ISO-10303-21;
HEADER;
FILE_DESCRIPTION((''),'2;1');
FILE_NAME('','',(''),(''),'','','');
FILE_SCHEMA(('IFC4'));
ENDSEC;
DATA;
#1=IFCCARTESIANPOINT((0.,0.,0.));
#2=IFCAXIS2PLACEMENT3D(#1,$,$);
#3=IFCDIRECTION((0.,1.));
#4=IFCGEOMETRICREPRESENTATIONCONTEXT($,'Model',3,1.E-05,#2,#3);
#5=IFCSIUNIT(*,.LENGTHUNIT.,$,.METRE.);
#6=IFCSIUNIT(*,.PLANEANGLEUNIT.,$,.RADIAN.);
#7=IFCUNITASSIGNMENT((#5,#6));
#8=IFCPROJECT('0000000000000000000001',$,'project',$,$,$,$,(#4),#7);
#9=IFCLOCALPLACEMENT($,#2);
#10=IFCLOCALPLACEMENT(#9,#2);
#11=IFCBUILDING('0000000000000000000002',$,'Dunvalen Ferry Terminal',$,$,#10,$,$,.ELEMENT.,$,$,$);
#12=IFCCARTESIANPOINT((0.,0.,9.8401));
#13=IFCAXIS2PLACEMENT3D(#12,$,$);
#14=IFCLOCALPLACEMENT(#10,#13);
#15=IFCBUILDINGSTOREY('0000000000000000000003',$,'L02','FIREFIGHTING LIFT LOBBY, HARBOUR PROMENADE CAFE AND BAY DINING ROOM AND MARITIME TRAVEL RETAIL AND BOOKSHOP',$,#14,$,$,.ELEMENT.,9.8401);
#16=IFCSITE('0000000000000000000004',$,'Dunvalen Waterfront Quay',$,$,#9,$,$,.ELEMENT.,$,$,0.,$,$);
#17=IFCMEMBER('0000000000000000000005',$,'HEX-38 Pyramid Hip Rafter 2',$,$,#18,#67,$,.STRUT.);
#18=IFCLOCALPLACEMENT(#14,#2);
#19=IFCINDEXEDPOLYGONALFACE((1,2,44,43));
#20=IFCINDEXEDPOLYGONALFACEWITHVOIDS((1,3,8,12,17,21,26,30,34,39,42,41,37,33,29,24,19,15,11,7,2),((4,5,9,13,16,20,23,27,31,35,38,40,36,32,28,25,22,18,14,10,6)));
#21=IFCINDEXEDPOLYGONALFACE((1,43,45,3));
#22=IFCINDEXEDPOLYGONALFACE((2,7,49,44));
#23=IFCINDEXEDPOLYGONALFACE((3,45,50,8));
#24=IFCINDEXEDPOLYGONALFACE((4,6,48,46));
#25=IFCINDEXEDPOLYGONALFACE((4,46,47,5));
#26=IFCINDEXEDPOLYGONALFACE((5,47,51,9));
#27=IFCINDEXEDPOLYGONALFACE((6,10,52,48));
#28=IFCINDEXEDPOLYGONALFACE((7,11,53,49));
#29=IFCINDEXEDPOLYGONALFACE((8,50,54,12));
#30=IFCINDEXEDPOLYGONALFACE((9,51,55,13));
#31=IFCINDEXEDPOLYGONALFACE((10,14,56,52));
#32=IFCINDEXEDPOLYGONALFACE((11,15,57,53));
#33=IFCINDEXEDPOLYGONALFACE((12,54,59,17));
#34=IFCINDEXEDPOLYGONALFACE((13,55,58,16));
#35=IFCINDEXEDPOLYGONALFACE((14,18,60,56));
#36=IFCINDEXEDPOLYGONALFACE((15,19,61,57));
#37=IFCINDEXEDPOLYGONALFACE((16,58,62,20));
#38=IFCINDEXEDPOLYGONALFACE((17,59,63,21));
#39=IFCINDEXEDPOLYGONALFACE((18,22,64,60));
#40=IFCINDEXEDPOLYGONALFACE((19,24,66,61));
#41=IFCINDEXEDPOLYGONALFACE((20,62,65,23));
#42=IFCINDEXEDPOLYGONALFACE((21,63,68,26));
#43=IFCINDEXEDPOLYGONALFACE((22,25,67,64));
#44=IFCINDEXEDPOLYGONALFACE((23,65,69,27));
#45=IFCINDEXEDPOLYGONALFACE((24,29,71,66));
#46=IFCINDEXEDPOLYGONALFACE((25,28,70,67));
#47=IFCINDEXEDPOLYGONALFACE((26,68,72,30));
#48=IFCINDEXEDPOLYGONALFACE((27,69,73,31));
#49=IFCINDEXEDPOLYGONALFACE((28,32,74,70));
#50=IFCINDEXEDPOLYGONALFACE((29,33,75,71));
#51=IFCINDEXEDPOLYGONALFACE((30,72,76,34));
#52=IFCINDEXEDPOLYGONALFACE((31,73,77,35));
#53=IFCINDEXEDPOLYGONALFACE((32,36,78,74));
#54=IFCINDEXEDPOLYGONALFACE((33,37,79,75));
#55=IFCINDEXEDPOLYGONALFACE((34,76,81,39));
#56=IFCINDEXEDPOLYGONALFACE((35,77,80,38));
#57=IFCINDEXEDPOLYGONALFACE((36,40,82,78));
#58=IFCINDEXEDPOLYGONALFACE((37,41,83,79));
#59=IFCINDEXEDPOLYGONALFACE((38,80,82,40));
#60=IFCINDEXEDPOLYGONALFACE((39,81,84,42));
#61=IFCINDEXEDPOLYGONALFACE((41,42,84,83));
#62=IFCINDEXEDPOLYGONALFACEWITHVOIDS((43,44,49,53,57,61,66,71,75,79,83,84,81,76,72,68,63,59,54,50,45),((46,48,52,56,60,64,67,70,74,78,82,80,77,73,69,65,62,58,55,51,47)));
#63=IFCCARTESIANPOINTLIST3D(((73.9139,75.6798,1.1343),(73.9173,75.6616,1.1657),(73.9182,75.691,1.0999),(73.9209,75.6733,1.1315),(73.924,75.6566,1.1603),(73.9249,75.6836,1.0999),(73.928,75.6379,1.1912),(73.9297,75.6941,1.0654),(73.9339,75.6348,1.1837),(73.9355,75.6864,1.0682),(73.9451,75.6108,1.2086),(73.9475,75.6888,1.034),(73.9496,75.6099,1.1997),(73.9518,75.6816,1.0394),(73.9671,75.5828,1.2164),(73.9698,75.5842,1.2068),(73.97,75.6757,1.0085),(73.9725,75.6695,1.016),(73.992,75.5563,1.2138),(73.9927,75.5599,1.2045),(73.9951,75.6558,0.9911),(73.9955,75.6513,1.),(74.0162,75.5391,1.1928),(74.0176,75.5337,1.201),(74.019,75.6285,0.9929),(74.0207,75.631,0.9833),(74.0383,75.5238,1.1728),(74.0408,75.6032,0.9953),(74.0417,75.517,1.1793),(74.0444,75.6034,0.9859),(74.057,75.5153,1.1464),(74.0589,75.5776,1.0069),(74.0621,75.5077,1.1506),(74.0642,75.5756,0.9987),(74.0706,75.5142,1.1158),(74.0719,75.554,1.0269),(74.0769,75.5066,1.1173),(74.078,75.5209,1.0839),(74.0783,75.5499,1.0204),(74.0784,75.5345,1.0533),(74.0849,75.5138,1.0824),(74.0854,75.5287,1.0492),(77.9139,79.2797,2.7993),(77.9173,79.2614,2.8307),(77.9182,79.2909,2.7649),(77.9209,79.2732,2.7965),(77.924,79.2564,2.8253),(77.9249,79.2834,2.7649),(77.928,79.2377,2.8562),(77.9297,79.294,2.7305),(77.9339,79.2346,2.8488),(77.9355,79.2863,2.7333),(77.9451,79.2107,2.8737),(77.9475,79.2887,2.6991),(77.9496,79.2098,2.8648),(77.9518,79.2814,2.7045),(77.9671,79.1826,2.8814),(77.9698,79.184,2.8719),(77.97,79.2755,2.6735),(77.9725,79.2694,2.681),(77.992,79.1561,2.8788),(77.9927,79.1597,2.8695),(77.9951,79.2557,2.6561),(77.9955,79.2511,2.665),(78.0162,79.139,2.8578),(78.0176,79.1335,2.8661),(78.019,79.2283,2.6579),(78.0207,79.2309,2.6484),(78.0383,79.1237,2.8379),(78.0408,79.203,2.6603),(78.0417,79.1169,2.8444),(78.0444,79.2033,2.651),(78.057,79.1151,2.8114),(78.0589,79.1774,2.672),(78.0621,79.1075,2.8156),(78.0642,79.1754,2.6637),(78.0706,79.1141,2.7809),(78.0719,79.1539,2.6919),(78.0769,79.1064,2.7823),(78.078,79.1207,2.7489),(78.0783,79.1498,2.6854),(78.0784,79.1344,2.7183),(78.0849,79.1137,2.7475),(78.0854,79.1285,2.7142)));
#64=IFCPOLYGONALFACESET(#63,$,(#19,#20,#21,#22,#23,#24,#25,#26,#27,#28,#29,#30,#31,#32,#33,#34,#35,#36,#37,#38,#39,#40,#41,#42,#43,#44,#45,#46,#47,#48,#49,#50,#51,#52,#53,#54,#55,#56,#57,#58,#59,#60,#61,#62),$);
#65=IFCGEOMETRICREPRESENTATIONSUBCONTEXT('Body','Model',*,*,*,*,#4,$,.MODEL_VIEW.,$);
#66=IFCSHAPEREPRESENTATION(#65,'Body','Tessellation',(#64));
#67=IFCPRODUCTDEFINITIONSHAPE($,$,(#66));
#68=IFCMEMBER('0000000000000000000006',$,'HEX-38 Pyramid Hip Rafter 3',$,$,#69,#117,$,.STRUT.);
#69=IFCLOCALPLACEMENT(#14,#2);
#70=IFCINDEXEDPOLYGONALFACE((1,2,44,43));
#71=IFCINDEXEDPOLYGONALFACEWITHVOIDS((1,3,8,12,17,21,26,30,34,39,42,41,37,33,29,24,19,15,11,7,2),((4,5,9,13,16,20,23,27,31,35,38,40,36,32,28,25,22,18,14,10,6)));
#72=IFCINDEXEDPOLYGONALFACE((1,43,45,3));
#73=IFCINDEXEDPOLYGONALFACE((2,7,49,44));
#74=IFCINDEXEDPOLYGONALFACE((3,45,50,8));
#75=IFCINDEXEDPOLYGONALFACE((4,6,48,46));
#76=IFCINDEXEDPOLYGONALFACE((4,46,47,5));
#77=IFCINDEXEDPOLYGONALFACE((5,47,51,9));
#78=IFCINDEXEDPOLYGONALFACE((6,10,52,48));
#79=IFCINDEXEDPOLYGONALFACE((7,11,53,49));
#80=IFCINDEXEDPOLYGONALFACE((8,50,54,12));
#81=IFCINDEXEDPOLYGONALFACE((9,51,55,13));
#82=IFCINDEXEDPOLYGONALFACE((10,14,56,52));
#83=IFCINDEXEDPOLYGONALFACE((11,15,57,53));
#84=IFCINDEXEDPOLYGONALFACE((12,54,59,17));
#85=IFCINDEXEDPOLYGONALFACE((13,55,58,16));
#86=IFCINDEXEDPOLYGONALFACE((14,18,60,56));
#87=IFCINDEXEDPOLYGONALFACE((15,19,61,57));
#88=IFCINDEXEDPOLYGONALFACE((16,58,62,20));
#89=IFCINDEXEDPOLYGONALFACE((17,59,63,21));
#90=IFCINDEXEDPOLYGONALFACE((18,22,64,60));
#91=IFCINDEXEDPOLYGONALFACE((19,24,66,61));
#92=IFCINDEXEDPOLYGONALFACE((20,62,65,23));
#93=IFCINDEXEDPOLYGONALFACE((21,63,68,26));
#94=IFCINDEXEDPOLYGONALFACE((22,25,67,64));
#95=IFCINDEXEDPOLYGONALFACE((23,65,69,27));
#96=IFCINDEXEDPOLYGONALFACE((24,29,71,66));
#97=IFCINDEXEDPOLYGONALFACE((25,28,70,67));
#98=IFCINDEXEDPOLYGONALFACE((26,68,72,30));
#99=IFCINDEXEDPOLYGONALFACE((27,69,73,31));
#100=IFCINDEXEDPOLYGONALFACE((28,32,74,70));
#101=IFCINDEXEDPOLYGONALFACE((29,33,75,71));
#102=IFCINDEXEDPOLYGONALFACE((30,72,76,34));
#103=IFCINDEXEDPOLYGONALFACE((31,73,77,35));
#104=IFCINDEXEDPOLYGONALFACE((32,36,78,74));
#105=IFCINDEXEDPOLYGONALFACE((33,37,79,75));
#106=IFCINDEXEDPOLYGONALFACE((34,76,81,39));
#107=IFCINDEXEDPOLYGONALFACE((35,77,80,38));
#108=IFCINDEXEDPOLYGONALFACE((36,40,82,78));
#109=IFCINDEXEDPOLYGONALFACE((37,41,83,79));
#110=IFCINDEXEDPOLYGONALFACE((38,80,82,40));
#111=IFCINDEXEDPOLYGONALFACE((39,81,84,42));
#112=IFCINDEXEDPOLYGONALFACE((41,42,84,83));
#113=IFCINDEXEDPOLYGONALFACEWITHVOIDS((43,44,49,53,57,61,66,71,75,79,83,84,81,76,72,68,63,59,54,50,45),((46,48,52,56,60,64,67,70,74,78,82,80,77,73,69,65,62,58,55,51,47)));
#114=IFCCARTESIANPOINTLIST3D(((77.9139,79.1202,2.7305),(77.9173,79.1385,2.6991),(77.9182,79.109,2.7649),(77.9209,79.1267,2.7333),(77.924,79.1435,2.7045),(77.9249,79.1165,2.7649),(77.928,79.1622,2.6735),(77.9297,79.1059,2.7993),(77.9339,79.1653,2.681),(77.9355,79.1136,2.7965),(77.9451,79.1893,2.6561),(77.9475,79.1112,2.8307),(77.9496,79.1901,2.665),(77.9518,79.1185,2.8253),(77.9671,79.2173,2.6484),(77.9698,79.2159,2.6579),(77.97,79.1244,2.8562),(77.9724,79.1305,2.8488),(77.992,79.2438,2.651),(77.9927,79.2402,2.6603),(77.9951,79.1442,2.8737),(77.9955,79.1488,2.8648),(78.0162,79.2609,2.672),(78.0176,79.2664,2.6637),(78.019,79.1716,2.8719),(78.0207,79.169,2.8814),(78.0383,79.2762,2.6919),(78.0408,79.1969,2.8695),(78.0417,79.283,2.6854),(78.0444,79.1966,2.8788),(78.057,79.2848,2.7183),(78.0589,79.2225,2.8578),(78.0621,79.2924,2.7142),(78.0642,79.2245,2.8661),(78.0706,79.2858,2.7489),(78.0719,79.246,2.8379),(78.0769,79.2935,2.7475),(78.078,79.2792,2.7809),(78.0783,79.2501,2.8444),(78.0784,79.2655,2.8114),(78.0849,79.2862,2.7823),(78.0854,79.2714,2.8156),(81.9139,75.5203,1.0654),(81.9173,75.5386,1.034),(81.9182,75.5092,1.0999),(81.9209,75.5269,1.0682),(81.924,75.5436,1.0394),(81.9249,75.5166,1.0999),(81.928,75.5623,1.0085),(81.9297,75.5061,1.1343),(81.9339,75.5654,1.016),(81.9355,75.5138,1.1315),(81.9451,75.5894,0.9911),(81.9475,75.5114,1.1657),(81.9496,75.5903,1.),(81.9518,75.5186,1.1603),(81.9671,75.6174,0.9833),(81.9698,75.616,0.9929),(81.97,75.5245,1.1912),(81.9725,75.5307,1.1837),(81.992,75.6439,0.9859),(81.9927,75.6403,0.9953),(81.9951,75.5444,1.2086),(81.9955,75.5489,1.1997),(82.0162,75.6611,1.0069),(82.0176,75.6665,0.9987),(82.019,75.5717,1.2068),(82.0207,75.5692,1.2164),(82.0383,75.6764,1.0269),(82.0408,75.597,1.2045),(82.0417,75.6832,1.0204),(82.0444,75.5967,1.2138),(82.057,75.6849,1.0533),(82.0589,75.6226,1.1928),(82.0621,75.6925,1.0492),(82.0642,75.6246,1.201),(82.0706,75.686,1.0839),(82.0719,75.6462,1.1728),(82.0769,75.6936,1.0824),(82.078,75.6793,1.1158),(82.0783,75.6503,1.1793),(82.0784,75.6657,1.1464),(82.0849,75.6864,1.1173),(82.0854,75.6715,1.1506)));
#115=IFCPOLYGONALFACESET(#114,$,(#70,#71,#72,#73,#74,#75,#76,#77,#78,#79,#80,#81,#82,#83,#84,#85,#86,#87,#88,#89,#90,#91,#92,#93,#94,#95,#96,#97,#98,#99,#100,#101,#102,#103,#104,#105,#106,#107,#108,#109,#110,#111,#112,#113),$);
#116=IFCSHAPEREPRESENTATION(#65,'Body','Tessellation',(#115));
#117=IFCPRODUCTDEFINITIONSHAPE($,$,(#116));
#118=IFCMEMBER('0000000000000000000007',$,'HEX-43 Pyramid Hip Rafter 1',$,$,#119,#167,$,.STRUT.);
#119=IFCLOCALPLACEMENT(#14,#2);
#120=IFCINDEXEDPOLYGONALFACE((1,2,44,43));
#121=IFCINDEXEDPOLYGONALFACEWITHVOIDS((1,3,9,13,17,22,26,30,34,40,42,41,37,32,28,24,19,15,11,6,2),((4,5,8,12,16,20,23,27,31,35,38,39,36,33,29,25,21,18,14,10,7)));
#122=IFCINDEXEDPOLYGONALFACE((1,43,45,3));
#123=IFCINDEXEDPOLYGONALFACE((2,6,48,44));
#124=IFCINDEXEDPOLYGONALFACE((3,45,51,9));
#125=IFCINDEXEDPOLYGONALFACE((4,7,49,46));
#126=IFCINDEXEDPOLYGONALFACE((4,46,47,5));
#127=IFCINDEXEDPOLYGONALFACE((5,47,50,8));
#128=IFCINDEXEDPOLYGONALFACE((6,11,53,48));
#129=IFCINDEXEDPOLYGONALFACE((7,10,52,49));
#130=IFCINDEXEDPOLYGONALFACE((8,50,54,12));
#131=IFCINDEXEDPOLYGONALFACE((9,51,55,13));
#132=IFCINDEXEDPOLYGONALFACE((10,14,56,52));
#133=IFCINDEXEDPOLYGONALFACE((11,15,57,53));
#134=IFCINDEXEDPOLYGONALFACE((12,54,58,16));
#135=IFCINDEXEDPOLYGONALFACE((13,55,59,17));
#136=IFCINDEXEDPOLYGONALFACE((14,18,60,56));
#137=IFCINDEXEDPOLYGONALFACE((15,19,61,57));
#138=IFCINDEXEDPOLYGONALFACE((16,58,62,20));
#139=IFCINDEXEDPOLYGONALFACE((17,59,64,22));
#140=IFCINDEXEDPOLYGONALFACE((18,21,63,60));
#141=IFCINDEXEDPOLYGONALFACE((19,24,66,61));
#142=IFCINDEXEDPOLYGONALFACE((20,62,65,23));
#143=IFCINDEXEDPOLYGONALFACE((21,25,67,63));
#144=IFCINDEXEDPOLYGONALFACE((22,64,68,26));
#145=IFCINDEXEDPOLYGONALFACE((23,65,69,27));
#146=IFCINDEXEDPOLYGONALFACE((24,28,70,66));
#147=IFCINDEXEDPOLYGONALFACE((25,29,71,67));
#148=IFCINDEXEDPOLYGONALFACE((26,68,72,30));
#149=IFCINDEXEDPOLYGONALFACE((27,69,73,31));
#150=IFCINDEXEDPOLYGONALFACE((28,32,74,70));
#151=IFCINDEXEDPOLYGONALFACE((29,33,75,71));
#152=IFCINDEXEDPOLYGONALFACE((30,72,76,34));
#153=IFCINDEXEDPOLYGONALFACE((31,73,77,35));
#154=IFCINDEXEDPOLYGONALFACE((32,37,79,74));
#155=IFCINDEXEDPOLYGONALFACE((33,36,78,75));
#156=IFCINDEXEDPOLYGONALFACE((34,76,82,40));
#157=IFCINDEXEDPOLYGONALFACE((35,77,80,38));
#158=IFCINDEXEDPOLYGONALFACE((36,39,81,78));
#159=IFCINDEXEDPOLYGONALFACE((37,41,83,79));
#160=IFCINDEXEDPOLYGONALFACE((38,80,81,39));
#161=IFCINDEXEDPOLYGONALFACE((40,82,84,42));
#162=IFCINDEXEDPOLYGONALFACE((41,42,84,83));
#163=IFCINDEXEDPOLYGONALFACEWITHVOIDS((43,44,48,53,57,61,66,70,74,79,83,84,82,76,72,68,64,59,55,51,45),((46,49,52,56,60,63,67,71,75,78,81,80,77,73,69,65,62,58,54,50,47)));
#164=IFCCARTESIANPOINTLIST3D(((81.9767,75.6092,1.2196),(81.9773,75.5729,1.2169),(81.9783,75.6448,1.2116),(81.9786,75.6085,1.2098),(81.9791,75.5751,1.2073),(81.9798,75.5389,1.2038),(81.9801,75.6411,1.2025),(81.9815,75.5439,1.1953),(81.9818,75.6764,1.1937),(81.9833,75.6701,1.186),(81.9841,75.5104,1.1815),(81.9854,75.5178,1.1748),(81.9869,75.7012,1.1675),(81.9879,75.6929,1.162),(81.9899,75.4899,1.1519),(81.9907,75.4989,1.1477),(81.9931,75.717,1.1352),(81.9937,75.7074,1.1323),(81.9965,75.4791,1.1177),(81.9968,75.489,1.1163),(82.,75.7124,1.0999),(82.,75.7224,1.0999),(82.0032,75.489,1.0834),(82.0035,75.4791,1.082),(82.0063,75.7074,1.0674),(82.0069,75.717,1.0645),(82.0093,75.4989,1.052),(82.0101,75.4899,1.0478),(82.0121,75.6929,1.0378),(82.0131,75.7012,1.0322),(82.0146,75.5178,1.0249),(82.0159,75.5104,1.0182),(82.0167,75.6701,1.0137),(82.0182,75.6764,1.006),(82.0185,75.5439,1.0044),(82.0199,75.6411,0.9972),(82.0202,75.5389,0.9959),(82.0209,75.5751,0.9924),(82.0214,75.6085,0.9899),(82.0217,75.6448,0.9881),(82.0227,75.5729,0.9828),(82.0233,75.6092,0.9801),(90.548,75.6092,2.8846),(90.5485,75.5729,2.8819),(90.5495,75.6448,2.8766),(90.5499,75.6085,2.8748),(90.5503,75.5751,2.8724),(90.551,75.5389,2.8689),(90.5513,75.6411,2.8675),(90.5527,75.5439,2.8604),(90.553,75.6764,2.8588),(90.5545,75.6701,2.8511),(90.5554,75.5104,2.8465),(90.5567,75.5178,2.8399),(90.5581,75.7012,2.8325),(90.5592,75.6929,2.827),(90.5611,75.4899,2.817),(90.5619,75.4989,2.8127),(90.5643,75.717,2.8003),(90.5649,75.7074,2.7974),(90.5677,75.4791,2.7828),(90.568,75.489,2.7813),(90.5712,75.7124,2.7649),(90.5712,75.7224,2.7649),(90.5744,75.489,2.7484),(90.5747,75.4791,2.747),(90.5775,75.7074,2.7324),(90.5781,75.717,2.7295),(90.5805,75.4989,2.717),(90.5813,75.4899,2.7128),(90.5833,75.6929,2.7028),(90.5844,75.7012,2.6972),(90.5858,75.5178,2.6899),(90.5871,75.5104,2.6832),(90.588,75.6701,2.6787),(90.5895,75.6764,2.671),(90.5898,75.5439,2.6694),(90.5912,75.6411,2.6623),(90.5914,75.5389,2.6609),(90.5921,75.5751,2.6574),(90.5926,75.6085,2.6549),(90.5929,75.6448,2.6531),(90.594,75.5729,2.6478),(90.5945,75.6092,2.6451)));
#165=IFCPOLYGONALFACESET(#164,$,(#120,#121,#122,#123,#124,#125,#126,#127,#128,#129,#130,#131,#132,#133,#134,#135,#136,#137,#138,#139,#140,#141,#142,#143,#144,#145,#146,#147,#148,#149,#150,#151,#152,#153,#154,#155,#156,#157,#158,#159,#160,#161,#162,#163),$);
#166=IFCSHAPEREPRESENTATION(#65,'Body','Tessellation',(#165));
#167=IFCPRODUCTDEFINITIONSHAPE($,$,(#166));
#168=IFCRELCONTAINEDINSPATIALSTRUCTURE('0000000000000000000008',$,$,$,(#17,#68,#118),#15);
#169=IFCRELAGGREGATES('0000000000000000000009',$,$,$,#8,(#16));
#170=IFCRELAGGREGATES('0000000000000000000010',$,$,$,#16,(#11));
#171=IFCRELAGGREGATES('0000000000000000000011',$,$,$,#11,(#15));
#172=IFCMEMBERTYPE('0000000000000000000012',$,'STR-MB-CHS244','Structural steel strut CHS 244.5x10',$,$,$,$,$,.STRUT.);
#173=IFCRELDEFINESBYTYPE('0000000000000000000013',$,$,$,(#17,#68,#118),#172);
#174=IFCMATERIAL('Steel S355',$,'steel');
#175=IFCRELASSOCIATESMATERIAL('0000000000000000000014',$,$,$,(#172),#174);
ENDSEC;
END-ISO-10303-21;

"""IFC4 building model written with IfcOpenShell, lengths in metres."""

from ifc_helpers import new_model, si_unit, direction, frame, origin, origin_2d, place, context, subcontext, project, spatial, hollow_circle, extrude, material, material_profile, profile_set, type_object, element, save


model = new_model("IFC4")

# Units and contexts
model_context = context("Model", 3, precision=1e-05, world=origin(), true_north=direction((0.0, 1.0)))
body_context = subcontext(model_context, "Body", "Model", "MODEL_VIEW")
ifc_project = project(units=[si_unit("LENGTHUNIT", "METRE"), si_unit("PLANEANGLEUNIT", "RADIAN")], contexts=[model_context])

# Site, building, storey
site_placement = place(None, origin())
site = spatial("IfcSite", under=ifc_project, at=site_placement, Name="Dunvalen Waterfront Quay", CompositionType="ELEMENT", RefElevation=0.0)
building_placement = place(site_placement, origin())
building = spatial("IfcBuilding", under=site, at=building_placement, Name="Dunvalen Ferry Terminal", CompositionType="ELEMENT")
storey_placement = place(building_placement, frame((0.0, 0.0, 9.8401)))
storey = spatial("IfcBuildingStorey", under=building, at=storey_placement, Name="L02", Description="FIREFIGHTING LIFT LOBBY, HARBOUR PROMENADE CAFE AND BAY DINING ROOM AND MARITIME TRAVEL RETAIL AND BOOKSHOP", CompositionType="ELEMENT", Elevation=9.8401)

# Shared definitions
ifc_material_1 = material(Name="Steel S355", Category="steel")

# Members
ifc_material_profile_1 = material_profile(ifc_material_1, hollow_circle(Radius=0.1223, WallThickness=0.01, at=origin_2d()), Name="Steel S355")
ifc_profile_set_1 = profile_set([ifc_material_profile_1], Name="Steel S355")
member_type_1 = type_object("IfcMemberType", Name="STR-MB-CHS244", Description="Structural steel strut CHS 244.5x10", PredefinedType="STRUT", material=ifc_profile_set_1)
for number, where, z_axis, x_axis, name in (
    (1, (74.0, 75.6001, 1.0999), (0.710094, 0.639059, 0.295584), (-0.66895, 0.743308, 0.0), "HEX-38 Pyramid Hip Rafter 2"),
    (2, (82.0, 75.6001, 1.0999), (-0.710094, 0.639059, 0.295584), (-0.66895, -0.743308, 0.0), "HEX-38 Pyramid Hip Rafter 3"),
):
    element("IfcMember", number, at=place(storey_placement, frame(where, z_axis=z_axis, x_axis=x_axis)), inside=storey, type_object=member_type_1, Name=name, PredefinedType="STRUT", context=body_context, shape_type="SweptSolid", body=[
        extrude(hollow_circle(Radius=0.1223, WallThickness=0.01, at=origin_2d()), origin(), (0.0, 0.0, 1.0), 5.6331),
    ])
member_1_placement = place(storey_placement, frame((82.0, 75.6001, 1.0999), z_axis=(0.98165, 0.0, 0.190693), x_axis=(0.0, 1.0, 0.0)))
element("IfcMember", 3, at=member_1_placement, inside=storey, type_object=member_type_1, Name="HEX-43 Pyramid Hip Rafter 1", PredefinedType="STRUT", context=body_context, shape_type="SweptSolid", body=[
    extrude(hollow_circle(Radius=0.1223, WallThickness=0.01, at=origin_2d()), origin(), (0.0, 0.0, 1.0), 8.7314),
])

save(model, "model.ifc")
